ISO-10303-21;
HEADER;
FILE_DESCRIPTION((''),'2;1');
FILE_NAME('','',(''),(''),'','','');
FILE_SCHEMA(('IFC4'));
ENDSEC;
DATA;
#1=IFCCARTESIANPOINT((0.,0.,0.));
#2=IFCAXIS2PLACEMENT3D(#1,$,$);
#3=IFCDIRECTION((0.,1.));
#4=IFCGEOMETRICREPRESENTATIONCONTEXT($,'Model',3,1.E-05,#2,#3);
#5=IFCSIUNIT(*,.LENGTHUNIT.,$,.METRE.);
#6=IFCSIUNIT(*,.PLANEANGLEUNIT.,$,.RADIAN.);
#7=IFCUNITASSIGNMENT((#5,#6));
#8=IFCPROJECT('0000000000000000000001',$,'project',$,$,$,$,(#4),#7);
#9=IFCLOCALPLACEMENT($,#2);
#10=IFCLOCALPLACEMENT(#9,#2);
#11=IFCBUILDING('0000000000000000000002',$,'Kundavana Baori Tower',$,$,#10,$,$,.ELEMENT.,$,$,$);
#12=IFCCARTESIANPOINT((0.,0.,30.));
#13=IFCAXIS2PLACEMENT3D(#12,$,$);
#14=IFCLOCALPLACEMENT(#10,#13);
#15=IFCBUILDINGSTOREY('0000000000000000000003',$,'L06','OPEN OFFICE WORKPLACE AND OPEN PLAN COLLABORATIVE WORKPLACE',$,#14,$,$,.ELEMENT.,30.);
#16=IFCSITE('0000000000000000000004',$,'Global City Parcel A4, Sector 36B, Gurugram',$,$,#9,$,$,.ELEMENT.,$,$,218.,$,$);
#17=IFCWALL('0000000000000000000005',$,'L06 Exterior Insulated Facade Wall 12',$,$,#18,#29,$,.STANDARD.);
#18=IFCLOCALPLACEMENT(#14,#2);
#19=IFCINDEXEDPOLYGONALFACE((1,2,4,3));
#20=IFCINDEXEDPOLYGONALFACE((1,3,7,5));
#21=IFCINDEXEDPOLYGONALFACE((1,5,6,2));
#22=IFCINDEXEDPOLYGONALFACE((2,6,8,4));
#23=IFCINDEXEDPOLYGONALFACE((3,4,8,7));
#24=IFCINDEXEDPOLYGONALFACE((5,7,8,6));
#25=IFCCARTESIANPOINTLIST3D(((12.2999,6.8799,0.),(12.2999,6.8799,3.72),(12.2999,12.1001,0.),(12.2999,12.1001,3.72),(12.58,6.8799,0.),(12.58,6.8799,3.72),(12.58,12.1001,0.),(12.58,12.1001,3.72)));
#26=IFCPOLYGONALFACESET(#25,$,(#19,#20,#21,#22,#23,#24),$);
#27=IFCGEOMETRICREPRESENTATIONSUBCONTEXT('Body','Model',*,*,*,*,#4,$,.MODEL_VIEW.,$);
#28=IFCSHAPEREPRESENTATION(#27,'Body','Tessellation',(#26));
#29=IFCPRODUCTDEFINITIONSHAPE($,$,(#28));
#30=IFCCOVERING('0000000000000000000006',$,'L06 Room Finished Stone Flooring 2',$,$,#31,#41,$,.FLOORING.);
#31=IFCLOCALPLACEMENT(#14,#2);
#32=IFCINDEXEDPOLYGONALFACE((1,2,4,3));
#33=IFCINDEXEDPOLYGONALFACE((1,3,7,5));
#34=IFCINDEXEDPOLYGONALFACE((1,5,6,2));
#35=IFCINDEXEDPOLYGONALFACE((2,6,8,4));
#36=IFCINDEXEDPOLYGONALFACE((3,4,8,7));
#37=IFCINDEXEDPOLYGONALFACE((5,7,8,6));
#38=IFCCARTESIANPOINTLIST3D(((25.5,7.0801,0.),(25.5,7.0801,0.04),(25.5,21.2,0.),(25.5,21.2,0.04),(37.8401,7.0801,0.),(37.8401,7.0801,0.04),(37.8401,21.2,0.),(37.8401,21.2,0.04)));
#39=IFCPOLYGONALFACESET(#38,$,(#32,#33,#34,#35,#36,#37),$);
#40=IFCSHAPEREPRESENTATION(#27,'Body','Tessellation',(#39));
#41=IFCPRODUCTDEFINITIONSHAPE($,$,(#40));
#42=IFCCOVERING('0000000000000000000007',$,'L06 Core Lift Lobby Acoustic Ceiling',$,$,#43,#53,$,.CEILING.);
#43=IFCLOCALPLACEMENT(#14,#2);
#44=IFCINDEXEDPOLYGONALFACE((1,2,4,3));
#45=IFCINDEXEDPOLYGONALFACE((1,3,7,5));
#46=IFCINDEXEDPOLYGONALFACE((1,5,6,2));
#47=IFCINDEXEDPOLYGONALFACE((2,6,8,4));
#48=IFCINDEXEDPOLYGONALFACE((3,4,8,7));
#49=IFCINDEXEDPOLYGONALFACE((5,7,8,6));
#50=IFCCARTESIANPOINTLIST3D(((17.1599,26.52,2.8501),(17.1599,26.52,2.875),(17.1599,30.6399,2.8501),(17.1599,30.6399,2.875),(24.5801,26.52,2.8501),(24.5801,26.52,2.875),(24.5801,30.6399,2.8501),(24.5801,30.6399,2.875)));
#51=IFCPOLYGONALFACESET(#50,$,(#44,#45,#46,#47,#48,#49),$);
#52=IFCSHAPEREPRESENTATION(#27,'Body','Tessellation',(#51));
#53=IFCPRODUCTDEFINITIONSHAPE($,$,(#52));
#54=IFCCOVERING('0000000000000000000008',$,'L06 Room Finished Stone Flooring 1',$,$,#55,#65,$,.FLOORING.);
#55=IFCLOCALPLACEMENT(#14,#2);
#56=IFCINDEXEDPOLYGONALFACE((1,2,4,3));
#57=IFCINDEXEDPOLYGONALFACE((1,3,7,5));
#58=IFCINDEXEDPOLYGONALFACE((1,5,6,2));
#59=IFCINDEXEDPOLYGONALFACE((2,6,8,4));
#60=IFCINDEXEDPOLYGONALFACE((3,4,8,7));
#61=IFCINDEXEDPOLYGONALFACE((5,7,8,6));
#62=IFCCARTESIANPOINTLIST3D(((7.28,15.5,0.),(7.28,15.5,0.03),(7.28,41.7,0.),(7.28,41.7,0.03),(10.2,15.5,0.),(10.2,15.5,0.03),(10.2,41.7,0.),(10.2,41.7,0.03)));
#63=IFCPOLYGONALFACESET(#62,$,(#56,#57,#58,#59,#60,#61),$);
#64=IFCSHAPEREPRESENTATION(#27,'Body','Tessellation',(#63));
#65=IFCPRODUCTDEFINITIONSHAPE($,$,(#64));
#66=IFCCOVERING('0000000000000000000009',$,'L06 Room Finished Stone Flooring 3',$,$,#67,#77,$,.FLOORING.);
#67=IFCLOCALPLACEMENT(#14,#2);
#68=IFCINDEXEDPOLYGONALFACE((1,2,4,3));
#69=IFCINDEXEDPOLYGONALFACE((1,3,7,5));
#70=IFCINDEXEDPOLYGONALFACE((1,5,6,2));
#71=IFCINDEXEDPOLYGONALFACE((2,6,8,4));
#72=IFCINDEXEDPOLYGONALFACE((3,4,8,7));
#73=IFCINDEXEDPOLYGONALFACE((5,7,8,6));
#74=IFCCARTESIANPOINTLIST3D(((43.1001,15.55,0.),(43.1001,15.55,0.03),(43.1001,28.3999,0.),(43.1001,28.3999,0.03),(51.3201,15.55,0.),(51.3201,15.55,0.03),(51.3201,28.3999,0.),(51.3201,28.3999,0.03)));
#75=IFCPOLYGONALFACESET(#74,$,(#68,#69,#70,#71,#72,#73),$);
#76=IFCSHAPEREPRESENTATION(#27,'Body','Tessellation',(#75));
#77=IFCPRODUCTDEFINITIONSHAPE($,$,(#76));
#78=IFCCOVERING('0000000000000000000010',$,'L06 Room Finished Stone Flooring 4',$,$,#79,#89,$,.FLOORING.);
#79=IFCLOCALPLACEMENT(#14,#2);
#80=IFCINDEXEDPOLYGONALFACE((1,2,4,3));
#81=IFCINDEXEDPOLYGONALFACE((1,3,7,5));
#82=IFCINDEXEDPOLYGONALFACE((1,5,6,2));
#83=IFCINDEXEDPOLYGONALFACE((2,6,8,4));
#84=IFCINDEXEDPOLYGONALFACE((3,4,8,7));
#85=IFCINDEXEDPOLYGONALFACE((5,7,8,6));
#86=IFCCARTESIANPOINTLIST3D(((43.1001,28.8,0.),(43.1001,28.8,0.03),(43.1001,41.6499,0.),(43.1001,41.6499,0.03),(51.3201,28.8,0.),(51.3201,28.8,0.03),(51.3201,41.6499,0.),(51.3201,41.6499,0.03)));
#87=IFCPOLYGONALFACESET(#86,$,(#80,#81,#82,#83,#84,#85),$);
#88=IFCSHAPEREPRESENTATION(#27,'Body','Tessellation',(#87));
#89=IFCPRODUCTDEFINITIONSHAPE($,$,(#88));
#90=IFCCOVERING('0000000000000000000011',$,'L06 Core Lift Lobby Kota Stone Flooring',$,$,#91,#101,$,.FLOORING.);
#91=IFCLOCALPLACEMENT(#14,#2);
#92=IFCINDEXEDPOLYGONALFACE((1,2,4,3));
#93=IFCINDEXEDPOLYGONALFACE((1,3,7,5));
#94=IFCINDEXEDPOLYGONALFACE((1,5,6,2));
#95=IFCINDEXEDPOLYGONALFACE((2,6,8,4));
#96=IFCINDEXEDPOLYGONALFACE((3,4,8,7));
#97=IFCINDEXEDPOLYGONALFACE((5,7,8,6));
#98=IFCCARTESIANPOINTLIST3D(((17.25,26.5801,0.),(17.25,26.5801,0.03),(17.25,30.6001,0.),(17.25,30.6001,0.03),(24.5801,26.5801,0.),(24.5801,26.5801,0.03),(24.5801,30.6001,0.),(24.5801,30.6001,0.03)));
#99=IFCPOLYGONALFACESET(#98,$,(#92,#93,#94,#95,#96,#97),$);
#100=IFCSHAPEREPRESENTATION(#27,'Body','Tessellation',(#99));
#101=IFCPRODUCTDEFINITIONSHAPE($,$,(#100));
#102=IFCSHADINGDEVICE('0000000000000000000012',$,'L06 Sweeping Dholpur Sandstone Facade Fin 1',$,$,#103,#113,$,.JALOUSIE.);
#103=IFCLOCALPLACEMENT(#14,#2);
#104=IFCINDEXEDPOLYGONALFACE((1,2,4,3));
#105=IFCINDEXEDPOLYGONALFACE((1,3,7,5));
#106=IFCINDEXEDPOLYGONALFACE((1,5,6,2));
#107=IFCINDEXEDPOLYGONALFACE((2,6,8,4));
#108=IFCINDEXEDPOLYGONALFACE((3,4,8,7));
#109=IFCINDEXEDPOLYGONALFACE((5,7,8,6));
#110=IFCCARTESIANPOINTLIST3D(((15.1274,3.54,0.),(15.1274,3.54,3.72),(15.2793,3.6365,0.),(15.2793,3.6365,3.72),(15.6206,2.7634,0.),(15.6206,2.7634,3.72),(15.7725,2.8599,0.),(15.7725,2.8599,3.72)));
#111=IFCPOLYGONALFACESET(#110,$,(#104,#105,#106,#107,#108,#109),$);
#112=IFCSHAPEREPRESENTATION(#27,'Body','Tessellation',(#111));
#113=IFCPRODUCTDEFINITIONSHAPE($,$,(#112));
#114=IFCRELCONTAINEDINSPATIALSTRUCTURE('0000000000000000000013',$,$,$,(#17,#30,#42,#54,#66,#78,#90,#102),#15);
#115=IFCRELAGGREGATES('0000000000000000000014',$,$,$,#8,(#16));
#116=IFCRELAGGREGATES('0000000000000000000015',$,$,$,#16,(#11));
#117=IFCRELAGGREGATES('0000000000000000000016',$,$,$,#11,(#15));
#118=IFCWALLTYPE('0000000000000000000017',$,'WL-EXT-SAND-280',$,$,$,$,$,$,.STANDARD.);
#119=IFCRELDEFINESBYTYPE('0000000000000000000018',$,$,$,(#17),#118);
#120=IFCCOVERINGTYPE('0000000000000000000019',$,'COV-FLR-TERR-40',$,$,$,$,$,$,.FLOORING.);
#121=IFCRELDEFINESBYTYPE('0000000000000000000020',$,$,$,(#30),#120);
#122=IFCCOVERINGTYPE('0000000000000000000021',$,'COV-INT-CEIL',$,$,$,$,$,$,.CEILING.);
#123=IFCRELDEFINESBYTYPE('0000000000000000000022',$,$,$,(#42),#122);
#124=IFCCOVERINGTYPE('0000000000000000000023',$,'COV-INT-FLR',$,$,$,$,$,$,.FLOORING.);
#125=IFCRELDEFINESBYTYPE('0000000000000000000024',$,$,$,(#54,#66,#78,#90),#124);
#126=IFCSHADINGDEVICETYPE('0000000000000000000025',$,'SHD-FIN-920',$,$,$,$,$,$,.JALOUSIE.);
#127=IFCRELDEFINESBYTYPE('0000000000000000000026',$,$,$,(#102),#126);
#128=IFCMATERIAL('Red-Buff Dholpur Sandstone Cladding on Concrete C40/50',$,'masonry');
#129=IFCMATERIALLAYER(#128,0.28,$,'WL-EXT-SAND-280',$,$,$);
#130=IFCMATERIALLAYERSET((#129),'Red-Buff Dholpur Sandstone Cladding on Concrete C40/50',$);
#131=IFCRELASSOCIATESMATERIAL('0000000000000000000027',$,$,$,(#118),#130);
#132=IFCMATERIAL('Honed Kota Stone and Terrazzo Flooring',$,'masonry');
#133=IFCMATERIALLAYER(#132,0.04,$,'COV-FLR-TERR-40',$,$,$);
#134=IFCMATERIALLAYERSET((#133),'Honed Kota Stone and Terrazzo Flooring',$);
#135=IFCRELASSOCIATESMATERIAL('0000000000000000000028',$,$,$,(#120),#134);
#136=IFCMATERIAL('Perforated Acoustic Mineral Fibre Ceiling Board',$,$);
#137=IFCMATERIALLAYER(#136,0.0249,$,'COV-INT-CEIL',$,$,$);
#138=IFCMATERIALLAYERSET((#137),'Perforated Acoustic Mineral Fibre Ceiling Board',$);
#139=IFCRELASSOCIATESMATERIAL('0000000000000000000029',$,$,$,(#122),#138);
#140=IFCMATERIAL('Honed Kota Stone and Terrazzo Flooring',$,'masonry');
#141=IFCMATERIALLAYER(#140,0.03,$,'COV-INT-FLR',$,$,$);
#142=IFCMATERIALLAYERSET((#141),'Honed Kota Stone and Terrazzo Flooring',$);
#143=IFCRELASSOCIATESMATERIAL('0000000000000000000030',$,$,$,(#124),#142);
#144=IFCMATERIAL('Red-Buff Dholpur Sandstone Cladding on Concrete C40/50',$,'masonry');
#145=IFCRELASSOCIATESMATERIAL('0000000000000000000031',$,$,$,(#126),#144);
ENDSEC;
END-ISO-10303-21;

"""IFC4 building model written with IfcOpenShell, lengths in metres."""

from ifc_helpers import new_model, si_unit, direction, frame, frame_2d, origin, origin_2d, place, context, subcontext, project, spatial, polyline, rectangle, outline, extrude, material, layer, layer_set, type_object, element, save


model = new_model("IFC4")

# Units and contexts
model_context = context("Model", 3, precision=1e-05, world=origin(), true_north=direction((0.0, 1.0)))
body_context = subcontext(model_context, "Body", "Model", "MODEL_VIEW")
ifc_project = project(units=[si_unit("LENGTHUNIT", "METRE"), si_unit("PLANEANGLEUNIT", "RADIAN")], contexts=[model_context])

# Site, building, storey
site_placement = place(None, origin())
site = spatial("IfcSite", under=ifc_project, at=site_placement, Name="Global City Parcel A4, Sector 36B, Gurugram", CompositionType="ELEMENT", RefElevation=218.0)
building_placement = place(site_placement, origin())
building = spatial("IfcBuilding", under=site, at=building_placement, Name="Kundavana Baori Tower", CompositionType="ELEMENT")
storey_placement = place(building_placement, frame((0.0, 0.0, 30.0)))
storey = spatial("IfcBuildingStorey", under=building, at=storey_placement, Name="L06", Description="OPEN OFFICE WORKPLACE AND OPEN PLAN COLLABORATIVE WORKPLACE", CompositionType="ELEMENT", Elevation=30.0)

# Shared definitions
ifc_material_1 = material(Name="Red-Buff Dholpur Sandstone Cladding on Concrete C40/50", Category="masonry")
ifc_layer_1 = layer(ifc_material_1, 0.28, Name="WL-EXT-SAND-280")
ifc_layer_set_1 = layer_set([ifc_layer_1], Name="Red-Buff Dholpur Sandstone Cladding on Concrete C40/50")
wall_type = type_object("IfcWallType", Name="WL-EXT-SAND-280", PredefinedType="STANDARD", material=ifc_layer_set_1)

# Wall
wall_1_placement = place(storey_placement, frame((12.4399, 12.1001, 0.0), z_axis=(0.0, 0.0, 1.0), x_axis=(0.0, -1.0, 0.0)))
element("IfcWall", 1, at=wall_1_placement, inside=storey, type_object=wall_type, Name="L06 Exterior Insulated Facade Wall 12", PredefinedType="STANDARD", context=body_context, shape_type="SweptSolid", body=[
    extrude(rectangle(XDim=5.2202, YDim=0.28, at=frame_2d((2.6101, 0.0))), origin(), (0.0, 0.0, 1.0), 3.72),
])

# Coverings
ifc_material_2 = material(Name="Honed Kota Stone and Terrazzo Flooring", Category="masonry")
ifc_layer_2 = layer(ifc_material_2, 0.04, Name="COV-FLR-TERR-40")
ifc_layer_set_2 = layer_set([ifc_layer_2], Name="Honed Kota Stone and Terrazzo Flooring")
covering_type_1 = type_object("IfcCoveringType", Name="COV-FLR-TERR-40", PredefinedType="FLOORING", material=ifc_layer_set_2)
covering_1_placement = place(storey_placement, origin())
element("IfcCovering", 2, at=covering_1_placement, inside=storey, type_object=covering_type_1, Name="L06 Room Finished Stone Flooring 2", PredefinedType="FLOORING", context=body_context, shape_type="SweptSolid", body=[
    extrude(outline(polyline([(25.5, 7.0801), (37.8401, 7.0801), (37.8401, 21.2), (25.5, 21.2), (25.5, 7.0801)])), origin(), (0.0, 0.0, 1.0), 0.04),
])
ifc_material_3 = material(Name="Perforated Acoustic Mineral Fibre Ceiling Board")
ifc_layer_3 = layer(ifc_material_3, 0.0249, Name="COV-INT-CEIL")
ifc_layer_set_3 = layer_set([ifc_layer_3], Name="Perforated Acoustic Mineral Fibre Ceiling Board")
covering_type_2 = type_object("IfcCoveringType", Name="COV-INT-CEIL", PredefinedType="CEILING", material=ifc_layer_set_3)
covering_2_placement = place(storey_placement, frame((0.0, 0.0, 2.8501)))
element("IfcCovering", 3, at=covering_2_placement, inside=storey, type_object=covering_type_2, Name="L06 Core Lift Lobby Acoustic Ceiling", PredefinedType="CEILING", context=body_context, shape_type="SweptSolid", body=[
    extrude(outline(polyline([(17.1599, 26.52), (24.5801, 26.52), (24.5801, 30.6399), (17.1599, 30.6399), (17.1599, 26.52)])), origin(), (0.0, 0.0, 1.0), 0.0249),
])
ifc_material_4 = material(Name="Honed Kota Stone and Terrazzo Flooring", Category="masonry")
ifc_layer_4 = layer(ifc_material_4, 0.03, Name="COV-INT-FLR")
ifc_layer_set_4 = layer_set([ifc_layer_4], Name="Honed Kota Stone and Terrazzo Flooring")
covering_type_3 = type_object("IfcCoveringType", Name="COV-INT-FLR", PredefinedType="FLOORING", material=ifc_layer_set_4)
covering_3_placement = place(storey_placement, origin())
element("IfcCovering", 4, at=covering_3_placement, inside=storey, type_object=covering_type_3, Name="L06 Room Finished Stone Flooring 1", PredefinedType="FLOORING", context=body_context, shape_type="SweptSolid", body=[
    extrude(outline(polyline([(7.28, 15.5), (10.2, 15.5), (10.2, 41.7), (7.28, 41.7), (7.28, 15.5)])), origin(), (0.0, 0.0, 1.0), 0.03),
])
covering_4_placement = place(storey_placement, origin())
element("IfcCovering", 5, at=covering_4_placement, inside=storey, type_object=covering_type_3, Name="L06 Room Finished Stone Flooring 3", PredefinedType="FLOORING", context=body_context, shape_type="SweptSolid", body=[
    extrude(outline(polyline([(43.1001, 15.55), (51.3201, 15.55), (51.3201, 28.3999), (43.1001, 28.3999), (43.1001, 15.55)])), origin(), (0.0, 0.0, 1.0), 0.03),
])
covering_5_placement = place(storey_placement, origin())
element("IfcCovering", 6, at=covering_5_placement, inside=storey, type_object=covering_type_3, Name="L06 Room Finished Stone Flooring 4", PredefinedType="FLOORING", context=body_context, shape_type="SweptSolid", body=[
    extrude(outline(polyline([(43.1001, 28.8), (51.3201, 28.8), (51.3201, 41.6499), (43.1001, 41.6499), (43.1001, 28.8)])), origin(), (0.0, 0.0, 1.0), 0.03),
])
covering_6_placement = place(storey_placement, origin())
element("IfcCovering", 7, at=covering_6_placement, inside=storey, type_object=covering_type_3, Name="L06 Core Lift Lobby Kota Stone Flooring", PredefinedType="FLOORING", context=body_context, shape_type="SweptSolid", body=[
    extrude(outline(polyline([(17.25, 26.5801), (24.5801, 26.5801), (24.5801, 30.6001), (17.25, 30.6001), (17.25, 26.5801)])), origin(), (0.0, 0.0, 1.0), 0.03),
])

# Shading device
ifc_material_5 = material(Name="Red-Buff Dholpur Sandstone Cladding on Concrete C40/50", Category="masonry")
shading_device_type = type_object("IfcShadingDeviceType", Name="SHD-FIN-920", PredefinedType="JALOUSIE", material=ifc_material_5)
shading_device_placement = place(storey_placement, frame((15.45, 3.2, 0.0), z_axis=(0.0, 0.0, 1.0), x_axis=(0.844141, 0.536121, 0.0)))
element("IfcShadingDevice", 8, at=shading_device_placement, inside=storey, type_object=shading_device_type, Name="L06 Sweeping Dholpur Sandstone Facade Fin 1", PredefinedType="JALOUSIE", context=body_context, shape_type="SweptSolid", body=[
    extrude(rectangle(XDim=0.1799, YDim=0.9199, at=origin_2d()), origin(), (0.0, 0.0, 1.0), 3.72),
])

save(model, "model.ifc")
